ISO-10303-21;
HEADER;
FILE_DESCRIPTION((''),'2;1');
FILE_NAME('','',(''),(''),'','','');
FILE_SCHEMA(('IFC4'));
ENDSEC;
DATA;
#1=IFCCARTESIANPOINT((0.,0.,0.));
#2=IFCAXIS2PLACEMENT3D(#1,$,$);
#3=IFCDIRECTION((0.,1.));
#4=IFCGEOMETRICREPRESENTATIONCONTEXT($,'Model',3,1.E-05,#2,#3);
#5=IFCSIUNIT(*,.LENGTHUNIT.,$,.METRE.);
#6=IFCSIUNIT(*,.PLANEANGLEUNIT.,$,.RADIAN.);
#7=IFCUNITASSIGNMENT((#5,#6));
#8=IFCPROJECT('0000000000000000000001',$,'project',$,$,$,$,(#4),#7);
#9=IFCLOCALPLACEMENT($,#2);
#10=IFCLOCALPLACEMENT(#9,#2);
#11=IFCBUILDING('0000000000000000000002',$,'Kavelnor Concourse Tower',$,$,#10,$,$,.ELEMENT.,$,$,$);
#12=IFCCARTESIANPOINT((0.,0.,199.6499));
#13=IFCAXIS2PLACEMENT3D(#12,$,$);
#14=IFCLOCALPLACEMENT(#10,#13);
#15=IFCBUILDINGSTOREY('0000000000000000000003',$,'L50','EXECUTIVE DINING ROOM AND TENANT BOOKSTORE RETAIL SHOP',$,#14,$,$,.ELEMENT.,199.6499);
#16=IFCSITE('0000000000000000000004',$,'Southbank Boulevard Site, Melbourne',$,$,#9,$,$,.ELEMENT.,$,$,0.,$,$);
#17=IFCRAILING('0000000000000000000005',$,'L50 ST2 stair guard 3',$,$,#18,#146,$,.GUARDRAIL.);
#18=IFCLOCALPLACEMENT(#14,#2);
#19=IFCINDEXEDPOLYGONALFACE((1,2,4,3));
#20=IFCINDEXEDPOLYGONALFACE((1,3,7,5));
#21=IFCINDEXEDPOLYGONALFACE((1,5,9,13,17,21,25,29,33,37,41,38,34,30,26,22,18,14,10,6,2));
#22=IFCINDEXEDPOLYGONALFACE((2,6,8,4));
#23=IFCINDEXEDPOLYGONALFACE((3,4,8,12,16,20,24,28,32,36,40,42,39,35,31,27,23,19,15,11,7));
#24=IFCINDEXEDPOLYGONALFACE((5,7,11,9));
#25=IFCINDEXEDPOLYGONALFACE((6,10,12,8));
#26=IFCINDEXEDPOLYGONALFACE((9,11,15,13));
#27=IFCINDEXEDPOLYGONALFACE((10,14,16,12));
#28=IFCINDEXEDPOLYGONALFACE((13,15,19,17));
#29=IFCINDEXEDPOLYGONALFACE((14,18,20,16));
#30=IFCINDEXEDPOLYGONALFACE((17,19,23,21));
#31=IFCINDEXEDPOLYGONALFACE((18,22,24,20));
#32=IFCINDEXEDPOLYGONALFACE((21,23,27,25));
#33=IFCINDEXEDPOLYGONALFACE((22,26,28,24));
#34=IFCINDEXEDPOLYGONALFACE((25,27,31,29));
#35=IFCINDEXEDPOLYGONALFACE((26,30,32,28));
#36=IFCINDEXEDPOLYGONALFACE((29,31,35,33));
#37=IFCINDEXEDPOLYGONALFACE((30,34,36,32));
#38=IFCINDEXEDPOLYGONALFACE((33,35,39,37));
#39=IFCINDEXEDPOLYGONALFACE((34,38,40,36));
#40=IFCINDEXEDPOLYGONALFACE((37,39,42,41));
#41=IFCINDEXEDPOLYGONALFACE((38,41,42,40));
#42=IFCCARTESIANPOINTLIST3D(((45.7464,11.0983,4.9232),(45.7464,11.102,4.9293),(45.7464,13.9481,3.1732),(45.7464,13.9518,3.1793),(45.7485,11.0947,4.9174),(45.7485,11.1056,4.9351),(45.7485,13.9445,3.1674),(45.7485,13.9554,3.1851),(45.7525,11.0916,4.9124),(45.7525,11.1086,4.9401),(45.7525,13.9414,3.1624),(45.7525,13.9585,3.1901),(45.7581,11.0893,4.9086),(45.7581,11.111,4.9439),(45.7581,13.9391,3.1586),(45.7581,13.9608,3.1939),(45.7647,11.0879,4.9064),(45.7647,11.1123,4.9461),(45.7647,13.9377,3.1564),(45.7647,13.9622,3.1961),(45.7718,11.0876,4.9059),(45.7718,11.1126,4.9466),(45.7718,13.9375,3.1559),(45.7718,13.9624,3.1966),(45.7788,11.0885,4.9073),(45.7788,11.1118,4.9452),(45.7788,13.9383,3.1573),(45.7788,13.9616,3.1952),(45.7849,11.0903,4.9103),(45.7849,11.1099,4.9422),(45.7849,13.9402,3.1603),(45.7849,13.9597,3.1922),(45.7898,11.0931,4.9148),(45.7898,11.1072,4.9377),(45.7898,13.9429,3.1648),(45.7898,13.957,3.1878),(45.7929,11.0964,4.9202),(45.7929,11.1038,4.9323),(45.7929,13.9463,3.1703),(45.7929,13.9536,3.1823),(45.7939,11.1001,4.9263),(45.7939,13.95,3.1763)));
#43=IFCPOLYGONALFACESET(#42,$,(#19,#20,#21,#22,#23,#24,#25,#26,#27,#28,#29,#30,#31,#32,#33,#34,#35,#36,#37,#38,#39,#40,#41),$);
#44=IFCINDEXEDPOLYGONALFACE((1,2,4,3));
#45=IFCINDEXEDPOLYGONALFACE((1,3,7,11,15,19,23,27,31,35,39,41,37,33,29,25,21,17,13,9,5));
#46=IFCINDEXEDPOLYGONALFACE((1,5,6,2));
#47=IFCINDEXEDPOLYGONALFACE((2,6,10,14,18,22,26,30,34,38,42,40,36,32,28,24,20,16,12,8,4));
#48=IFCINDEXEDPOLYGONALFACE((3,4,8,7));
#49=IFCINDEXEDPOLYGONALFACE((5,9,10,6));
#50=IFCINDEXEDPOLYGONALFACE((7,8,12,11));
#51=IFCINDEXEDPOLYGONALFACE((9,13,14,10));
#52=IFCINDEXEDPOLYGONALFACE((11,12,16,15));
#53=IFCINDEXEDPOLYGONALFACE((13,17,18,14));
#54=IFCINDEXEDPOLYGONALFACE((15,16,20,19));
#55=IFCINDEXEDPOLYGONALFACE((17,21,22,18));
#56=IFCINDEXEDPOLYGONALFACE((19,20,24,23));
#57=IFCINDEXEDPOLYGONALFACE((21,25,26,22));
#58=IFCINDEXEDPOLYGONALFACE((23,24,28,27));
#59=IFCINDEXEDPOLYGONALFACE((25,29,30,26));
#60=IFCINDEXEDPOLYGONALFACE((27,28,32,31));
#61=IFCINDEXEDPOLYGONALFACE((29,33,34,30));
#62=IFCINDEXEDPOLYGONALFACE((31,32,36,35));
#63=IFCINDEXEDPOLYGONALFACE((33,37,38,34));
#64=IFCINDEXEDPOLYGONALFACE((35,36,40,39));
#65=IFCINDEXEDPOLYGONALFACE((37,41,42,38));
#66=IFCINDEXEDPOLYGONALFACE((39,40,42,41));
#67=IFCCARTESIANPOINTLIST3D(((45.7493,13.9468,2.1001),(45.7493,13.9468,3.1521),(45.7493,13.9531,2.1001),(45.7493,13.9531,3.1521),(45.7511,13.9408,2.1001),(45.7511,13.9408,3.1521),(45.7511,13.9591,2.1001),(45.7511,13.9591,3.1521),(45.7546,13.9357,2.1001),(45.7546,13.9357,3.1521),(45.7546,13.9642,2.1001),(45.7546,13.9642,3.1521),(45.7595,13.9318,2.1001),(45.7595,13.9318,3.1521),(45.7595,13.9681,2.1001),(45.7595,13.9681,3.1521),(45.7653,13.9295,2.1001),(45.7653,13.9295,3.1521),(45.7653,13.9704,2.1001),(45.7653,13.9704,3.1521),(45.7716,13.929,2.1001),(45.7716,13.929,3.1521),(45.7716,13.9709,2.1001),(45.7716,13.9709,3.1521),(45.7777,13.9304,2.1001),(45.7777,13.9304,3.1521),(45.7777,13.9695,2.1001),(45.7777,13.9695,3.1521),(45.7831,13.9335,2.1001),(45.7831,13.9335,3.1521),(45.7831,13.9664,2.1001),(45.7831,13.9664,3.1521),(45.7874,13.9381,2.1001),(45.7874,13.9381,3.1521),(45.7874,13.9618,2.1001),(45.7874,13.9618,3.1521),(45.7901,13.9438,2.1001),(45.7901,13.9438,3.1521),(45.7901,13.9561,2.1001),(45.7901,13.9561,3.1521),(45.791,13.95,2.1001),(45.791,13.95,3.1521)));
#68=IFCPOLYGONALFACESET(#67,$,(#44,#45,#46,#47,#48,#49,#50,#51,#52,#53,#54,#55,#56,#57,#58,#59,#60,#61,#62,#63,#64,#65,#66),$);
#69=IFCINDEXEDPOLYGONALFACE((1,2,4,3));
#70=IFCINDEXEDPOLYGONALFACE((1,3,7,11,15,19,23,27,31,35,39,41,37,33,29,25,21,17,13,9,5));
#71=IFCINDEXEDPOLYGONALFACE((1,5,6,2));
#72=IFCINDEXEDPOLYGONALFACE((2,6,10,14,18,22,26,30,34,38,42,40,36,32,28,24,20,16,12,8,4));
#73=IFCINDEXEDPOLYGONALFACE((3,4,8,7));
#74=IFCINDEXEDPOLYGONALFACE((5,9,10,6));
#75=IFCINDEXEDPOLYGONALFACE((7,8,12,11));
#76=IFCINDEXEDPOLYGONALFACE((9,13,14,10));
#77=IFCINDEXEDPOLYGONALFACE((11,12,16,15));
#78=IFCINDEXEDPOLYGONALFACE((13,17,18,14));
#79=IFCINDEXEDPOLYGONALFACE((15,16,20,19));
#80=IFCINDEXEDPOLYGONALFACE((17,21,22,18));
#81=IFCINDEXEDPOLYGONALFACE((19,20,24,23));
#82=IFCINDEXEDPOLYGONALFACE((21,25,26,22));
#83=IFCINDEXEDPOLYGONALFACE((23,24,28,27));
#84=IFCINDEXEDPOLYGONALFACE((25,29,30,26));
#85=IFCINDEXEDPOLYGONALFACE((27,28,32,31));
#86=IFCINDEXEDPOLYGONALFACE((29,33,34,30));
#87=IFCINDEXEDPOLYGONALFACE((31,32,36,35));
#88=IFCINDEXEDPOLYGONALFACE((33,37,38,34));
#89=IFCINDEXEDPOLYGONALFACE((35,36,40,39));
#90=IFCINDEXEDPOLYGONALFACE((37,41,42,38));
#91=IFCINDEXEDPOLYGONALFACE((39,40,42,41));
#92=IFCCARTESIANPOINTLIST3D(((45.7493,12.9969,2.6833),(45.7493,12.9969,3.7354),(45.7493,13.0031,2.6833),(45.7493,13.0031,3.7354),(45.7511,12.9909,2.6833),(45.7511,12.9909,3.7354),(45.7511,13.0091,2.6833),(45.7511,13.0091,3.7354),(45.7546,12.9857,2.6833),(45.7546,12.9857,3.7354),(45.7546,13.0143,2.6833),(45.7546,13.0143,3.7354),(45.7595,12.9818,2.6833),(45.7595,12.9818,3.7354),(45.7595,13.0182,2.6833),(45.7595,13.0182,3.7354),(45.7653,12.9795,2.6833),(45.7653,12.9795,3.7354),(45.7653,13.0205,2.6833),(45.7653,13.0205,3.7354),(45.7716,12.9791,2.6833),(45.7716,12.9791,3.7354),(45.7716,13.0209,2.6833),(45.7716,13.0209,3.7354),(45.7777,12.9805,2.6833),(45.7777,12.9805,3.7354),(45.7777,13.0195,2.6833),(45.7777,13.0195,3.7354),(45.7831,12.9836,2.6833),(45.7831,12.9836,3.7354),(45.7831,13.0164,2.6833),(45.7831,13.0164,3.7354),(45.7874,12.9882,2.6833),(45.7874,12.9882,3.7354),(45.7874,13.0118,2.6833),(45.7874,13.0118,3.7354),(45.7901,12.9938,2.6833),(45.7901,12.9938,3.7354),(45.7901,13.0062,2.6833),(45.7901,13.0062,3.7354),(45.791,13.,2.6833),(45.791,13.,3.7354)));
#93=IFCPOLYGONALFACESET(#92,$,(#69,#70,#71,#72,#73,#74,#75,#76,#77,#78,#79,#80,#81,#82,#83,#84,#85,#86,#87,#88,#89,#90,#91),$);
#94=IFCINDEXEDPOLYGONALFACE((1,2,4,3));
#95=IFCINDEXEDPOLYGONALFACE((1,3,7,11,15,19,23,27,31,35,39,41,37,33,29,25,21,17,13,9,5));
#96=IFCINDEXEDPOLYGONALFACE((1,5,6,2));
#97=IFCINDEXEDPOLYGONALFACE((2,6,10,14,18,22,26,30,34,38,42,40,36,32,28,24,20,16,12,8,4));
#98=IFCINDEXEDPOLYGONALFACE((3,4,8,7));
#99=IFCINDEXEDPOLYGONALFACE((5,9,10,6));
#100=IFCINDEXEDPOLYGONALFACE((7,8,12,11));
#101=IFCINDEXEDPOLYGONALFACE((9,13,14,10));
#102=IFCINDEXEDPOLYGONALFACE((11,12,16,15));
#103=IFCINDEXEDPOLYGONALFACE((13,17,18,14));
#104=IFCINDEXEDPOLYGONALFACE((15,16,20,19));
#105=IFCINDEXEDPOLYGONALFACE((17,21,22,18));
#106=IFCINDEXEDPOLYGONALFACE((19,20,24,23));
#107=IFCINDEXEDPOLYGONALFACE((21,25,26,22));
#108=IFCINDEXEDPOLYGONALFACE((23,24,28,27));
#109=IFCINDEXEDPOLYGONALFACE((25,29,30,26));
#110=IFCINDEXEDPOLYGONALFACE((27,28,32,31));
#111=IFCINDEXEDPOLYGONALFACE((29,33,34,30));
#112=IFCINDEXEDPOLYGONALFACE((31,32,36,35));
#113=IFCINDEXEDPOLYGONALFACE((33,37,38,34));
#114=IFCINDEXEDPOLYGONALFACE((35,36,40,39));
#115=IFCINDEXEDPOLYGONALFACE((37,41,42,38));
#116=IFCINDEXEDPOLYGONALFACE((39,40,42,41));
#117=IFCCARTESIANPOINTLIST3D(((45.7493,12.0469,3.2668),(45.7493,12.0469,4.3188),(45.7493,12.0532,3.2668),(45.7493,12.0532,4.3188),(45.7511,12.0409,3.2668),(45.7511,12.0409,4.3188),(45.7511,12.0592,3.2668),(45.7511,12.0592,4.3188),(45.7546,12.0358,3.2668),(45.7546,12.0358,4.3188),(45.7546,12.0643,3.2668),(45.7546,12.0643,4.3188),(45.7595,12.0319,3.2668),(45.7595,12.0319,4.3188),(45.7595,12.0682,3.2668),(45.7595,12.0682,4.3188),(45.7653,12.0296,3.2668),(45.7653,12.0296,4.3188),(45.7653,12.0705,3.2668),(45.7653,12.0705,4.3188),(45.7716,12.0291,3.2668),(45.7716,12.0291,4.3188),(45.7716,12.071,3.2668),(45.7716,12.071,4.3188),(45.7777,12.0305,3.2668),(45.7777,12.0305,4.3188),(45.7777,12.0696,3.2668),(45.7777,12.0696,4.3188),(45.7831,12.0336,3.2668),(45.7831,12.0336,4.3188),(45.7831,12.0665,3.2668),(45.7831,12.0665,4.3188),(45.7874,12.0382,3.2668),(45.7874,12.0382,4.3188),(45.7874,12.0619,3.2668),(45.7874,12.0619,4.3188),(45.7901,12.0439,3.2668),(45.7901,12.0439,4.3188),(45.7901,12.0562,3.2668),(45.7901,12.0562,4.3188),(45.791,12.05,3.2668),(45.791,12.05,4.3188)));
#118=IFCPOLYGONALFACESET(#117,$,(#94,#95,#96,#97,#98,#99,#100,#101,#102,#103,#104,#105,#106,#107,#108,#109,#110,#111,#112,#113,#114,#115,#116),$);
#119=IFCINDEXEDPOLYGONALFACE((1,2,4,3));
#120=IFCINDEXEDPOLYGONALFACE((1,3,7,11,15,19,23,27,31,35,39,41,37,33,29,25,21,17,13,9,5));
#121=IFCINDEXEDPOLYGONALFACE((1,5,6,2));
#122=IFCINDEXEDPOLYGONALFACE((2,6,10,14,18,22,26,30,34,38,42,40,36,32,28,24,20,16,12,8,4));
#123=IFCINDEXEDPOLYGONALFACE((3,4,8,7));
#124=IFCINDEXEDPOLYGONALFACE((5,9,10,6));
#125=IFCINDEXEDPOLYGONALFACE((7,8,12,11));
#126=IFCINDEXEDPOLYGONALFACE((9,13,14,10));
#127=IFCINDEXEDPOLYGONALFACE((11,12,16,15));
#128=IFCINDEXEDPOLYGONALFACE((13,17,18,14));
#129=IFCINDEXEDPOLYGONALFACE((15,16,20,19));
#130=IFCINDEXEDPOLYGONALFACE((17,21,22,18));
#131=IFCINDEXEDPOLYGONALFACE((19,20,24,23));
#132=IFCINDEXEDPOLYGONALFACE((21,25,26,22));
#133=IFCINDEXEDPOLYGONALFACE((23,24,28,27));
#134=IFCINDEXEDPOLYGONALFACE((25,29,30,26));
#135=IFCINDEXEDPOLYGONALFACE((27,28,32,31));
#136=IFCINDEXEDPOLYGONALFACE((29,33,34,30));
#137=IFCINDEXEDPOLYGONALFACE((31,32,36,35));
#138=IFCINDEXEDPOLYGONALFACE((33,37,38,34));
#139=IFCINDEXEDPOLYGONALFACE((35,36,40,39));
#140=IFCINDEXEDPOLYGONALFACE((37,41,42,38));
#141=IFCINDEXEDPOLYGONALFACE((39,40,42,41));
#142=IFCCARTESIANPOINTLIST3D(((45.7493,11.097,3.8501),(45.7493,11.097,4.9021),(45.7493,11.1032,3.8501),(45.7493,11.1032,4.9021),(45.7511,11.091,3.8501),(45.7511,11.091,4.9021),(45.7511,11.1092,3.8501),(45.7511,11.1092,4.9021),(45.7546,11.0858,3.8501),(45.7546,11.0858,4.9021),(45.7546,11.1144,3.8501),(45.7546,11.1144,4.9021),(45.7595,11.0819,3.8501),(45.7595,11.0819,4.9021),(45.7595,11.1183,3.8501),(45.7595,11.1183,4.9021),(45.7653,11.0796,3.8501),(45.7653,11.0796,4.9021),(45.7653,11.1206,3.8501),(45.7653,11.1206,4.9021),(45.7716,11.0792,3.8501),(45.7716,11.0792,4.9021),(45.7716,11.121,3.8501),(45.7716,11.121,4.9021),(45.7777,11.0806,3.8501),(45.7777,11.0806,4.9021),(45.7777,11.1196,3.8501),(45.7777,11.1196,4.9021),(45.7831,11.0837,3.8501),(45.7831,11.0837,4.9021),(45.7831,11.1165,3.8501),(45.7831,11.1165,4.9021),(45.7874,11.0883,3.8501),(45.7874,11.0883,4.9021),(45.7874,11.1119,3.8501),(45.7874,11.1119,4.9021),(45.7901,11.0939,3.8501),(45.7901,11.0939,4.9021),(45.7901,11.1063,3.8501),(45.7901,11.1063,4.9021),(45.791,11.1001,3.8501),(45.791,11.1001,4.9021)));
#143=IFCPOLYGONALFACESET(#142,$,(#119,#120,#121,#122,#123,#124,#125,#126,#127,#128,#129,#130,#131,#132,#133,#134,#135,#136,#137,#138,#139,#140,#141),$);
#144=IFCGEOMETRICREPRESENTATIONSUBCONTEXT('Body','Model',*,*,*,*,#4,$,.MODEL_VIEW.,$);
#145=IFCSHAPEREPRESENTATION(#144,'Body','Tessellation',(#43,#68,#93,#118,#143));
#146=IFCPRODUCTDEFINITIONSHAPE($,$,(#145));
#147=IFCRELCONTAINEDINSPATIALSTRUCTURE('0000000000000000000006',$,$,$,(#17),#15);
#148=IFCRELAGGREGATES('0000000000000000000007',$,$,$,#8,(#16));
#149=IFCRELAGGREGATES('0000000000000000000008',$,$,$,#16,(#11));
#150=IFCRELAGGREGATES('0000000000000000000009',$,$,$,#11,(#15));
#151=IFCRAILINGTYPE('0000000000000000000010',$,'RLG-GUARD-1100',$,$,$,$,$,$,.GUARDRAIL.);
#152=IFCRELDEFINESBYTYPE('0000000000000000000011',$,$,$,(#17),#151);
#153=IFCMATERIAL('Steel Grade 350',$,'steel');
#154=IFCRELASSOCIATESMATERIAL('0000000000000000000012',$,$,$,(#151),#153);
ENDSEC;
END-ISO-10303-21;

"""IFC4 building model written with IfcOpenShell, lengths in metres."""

from ifc_helpers import new_model, si_unit, direction, frame, origin, origin_2d, place, context, subcontext, project, spatial, circle, extrude, material, type_object, element, save


model = new_model("IFC4")

# Units and contexts
model_context = context("Model", 3, precision=1e-05, world=origin(), true_north=direction((0.0, 1.0)))
body_context = subcontext(model_context, "Body", "Model", "MODEL_VIEW")
ifc_project = project(units=[si_unit("LENGTHUNIT", "METRE"), si_unit("PLANEANGLEUNIT", "RADIAN")], contexts=[model_context])

# Site, building, storey
site_placement = place(None, origin())
site = spatial("IfcSite", under=ifc_project, at=site_placement, Name="Southbank Boulevard Site, Melbourne", CompositionType="ELEMENT", RefElevation=0.0)
building_placement = place(site_placement, origin())
building = spatial("IfcBuilding", under=site, at=building_placement, Name="Kavelnor Concourse Tower", CompositionType="ELEMENT")
storey_placement = place(building_placement, frame((0.0, 0.0, 199.6499)))
storey = spatial("IfcBuildingStorey", under=building, at=storey_placement, Name="L50", Description="EXECUTIVE DINING ROOM AND TENANT BOOKSTORE RETAIL SHOP", CompositionType="ELEMENT", Elevation=199.6499)

# Shared definitions
ifc_material_1 = material(Name="Steel Grade 350", Category="steel")

# Railing
railing_type_1 = type_object("IfcRailingType", Name="RLG-GUARD-1100", PredefinedType="GUARDRAIL", material=ifc_material_1)
railing_1_placement = place(storey_placement, frame((45.77, 13.95, 2.1001)))
element("IfcRailing", 1, at=railing_1_placement, inside=storey, type_object=railing_type_1, Name="L50 ST2 stair guard 3", PredefinedType="GUARDRAIL", context=body_context, shape_type="SweptSolid", body=[
    extrude(circle(Radius=0.0239, at=origin_2d()), frame((0.0, 0.0, 1.0762), z_axis=(0.0, -0.852159, 0.523283), x_axis=(1.0, 0.0, 0.0)), (0.0, 0.0, 1.0), 3.3442),
    extrude(circle(Radius=0.021, at=origin_2d()), origin(), (0.0, 0.0, 1.0), 1.052),
    extrude(circle(Radius=0.021, at=origin_2d()), frame((0.0, -0.95, 0.5833)), (0.0, 0.0, 1.0), 1.052),
    extrude(circle(Radius=0.021, at=origin_2d()), frame((0.0, -1.8999, 1.1667)), (0.0, 0.0, 1.0), 1.052),
    extrude(circle(Radius=0.021, at=origin_2d()), frame((0.0, -2.8499, 1.75)), (0.0, 0.0, 1.0), 1.052),
])

save(model, "model.ifc")
